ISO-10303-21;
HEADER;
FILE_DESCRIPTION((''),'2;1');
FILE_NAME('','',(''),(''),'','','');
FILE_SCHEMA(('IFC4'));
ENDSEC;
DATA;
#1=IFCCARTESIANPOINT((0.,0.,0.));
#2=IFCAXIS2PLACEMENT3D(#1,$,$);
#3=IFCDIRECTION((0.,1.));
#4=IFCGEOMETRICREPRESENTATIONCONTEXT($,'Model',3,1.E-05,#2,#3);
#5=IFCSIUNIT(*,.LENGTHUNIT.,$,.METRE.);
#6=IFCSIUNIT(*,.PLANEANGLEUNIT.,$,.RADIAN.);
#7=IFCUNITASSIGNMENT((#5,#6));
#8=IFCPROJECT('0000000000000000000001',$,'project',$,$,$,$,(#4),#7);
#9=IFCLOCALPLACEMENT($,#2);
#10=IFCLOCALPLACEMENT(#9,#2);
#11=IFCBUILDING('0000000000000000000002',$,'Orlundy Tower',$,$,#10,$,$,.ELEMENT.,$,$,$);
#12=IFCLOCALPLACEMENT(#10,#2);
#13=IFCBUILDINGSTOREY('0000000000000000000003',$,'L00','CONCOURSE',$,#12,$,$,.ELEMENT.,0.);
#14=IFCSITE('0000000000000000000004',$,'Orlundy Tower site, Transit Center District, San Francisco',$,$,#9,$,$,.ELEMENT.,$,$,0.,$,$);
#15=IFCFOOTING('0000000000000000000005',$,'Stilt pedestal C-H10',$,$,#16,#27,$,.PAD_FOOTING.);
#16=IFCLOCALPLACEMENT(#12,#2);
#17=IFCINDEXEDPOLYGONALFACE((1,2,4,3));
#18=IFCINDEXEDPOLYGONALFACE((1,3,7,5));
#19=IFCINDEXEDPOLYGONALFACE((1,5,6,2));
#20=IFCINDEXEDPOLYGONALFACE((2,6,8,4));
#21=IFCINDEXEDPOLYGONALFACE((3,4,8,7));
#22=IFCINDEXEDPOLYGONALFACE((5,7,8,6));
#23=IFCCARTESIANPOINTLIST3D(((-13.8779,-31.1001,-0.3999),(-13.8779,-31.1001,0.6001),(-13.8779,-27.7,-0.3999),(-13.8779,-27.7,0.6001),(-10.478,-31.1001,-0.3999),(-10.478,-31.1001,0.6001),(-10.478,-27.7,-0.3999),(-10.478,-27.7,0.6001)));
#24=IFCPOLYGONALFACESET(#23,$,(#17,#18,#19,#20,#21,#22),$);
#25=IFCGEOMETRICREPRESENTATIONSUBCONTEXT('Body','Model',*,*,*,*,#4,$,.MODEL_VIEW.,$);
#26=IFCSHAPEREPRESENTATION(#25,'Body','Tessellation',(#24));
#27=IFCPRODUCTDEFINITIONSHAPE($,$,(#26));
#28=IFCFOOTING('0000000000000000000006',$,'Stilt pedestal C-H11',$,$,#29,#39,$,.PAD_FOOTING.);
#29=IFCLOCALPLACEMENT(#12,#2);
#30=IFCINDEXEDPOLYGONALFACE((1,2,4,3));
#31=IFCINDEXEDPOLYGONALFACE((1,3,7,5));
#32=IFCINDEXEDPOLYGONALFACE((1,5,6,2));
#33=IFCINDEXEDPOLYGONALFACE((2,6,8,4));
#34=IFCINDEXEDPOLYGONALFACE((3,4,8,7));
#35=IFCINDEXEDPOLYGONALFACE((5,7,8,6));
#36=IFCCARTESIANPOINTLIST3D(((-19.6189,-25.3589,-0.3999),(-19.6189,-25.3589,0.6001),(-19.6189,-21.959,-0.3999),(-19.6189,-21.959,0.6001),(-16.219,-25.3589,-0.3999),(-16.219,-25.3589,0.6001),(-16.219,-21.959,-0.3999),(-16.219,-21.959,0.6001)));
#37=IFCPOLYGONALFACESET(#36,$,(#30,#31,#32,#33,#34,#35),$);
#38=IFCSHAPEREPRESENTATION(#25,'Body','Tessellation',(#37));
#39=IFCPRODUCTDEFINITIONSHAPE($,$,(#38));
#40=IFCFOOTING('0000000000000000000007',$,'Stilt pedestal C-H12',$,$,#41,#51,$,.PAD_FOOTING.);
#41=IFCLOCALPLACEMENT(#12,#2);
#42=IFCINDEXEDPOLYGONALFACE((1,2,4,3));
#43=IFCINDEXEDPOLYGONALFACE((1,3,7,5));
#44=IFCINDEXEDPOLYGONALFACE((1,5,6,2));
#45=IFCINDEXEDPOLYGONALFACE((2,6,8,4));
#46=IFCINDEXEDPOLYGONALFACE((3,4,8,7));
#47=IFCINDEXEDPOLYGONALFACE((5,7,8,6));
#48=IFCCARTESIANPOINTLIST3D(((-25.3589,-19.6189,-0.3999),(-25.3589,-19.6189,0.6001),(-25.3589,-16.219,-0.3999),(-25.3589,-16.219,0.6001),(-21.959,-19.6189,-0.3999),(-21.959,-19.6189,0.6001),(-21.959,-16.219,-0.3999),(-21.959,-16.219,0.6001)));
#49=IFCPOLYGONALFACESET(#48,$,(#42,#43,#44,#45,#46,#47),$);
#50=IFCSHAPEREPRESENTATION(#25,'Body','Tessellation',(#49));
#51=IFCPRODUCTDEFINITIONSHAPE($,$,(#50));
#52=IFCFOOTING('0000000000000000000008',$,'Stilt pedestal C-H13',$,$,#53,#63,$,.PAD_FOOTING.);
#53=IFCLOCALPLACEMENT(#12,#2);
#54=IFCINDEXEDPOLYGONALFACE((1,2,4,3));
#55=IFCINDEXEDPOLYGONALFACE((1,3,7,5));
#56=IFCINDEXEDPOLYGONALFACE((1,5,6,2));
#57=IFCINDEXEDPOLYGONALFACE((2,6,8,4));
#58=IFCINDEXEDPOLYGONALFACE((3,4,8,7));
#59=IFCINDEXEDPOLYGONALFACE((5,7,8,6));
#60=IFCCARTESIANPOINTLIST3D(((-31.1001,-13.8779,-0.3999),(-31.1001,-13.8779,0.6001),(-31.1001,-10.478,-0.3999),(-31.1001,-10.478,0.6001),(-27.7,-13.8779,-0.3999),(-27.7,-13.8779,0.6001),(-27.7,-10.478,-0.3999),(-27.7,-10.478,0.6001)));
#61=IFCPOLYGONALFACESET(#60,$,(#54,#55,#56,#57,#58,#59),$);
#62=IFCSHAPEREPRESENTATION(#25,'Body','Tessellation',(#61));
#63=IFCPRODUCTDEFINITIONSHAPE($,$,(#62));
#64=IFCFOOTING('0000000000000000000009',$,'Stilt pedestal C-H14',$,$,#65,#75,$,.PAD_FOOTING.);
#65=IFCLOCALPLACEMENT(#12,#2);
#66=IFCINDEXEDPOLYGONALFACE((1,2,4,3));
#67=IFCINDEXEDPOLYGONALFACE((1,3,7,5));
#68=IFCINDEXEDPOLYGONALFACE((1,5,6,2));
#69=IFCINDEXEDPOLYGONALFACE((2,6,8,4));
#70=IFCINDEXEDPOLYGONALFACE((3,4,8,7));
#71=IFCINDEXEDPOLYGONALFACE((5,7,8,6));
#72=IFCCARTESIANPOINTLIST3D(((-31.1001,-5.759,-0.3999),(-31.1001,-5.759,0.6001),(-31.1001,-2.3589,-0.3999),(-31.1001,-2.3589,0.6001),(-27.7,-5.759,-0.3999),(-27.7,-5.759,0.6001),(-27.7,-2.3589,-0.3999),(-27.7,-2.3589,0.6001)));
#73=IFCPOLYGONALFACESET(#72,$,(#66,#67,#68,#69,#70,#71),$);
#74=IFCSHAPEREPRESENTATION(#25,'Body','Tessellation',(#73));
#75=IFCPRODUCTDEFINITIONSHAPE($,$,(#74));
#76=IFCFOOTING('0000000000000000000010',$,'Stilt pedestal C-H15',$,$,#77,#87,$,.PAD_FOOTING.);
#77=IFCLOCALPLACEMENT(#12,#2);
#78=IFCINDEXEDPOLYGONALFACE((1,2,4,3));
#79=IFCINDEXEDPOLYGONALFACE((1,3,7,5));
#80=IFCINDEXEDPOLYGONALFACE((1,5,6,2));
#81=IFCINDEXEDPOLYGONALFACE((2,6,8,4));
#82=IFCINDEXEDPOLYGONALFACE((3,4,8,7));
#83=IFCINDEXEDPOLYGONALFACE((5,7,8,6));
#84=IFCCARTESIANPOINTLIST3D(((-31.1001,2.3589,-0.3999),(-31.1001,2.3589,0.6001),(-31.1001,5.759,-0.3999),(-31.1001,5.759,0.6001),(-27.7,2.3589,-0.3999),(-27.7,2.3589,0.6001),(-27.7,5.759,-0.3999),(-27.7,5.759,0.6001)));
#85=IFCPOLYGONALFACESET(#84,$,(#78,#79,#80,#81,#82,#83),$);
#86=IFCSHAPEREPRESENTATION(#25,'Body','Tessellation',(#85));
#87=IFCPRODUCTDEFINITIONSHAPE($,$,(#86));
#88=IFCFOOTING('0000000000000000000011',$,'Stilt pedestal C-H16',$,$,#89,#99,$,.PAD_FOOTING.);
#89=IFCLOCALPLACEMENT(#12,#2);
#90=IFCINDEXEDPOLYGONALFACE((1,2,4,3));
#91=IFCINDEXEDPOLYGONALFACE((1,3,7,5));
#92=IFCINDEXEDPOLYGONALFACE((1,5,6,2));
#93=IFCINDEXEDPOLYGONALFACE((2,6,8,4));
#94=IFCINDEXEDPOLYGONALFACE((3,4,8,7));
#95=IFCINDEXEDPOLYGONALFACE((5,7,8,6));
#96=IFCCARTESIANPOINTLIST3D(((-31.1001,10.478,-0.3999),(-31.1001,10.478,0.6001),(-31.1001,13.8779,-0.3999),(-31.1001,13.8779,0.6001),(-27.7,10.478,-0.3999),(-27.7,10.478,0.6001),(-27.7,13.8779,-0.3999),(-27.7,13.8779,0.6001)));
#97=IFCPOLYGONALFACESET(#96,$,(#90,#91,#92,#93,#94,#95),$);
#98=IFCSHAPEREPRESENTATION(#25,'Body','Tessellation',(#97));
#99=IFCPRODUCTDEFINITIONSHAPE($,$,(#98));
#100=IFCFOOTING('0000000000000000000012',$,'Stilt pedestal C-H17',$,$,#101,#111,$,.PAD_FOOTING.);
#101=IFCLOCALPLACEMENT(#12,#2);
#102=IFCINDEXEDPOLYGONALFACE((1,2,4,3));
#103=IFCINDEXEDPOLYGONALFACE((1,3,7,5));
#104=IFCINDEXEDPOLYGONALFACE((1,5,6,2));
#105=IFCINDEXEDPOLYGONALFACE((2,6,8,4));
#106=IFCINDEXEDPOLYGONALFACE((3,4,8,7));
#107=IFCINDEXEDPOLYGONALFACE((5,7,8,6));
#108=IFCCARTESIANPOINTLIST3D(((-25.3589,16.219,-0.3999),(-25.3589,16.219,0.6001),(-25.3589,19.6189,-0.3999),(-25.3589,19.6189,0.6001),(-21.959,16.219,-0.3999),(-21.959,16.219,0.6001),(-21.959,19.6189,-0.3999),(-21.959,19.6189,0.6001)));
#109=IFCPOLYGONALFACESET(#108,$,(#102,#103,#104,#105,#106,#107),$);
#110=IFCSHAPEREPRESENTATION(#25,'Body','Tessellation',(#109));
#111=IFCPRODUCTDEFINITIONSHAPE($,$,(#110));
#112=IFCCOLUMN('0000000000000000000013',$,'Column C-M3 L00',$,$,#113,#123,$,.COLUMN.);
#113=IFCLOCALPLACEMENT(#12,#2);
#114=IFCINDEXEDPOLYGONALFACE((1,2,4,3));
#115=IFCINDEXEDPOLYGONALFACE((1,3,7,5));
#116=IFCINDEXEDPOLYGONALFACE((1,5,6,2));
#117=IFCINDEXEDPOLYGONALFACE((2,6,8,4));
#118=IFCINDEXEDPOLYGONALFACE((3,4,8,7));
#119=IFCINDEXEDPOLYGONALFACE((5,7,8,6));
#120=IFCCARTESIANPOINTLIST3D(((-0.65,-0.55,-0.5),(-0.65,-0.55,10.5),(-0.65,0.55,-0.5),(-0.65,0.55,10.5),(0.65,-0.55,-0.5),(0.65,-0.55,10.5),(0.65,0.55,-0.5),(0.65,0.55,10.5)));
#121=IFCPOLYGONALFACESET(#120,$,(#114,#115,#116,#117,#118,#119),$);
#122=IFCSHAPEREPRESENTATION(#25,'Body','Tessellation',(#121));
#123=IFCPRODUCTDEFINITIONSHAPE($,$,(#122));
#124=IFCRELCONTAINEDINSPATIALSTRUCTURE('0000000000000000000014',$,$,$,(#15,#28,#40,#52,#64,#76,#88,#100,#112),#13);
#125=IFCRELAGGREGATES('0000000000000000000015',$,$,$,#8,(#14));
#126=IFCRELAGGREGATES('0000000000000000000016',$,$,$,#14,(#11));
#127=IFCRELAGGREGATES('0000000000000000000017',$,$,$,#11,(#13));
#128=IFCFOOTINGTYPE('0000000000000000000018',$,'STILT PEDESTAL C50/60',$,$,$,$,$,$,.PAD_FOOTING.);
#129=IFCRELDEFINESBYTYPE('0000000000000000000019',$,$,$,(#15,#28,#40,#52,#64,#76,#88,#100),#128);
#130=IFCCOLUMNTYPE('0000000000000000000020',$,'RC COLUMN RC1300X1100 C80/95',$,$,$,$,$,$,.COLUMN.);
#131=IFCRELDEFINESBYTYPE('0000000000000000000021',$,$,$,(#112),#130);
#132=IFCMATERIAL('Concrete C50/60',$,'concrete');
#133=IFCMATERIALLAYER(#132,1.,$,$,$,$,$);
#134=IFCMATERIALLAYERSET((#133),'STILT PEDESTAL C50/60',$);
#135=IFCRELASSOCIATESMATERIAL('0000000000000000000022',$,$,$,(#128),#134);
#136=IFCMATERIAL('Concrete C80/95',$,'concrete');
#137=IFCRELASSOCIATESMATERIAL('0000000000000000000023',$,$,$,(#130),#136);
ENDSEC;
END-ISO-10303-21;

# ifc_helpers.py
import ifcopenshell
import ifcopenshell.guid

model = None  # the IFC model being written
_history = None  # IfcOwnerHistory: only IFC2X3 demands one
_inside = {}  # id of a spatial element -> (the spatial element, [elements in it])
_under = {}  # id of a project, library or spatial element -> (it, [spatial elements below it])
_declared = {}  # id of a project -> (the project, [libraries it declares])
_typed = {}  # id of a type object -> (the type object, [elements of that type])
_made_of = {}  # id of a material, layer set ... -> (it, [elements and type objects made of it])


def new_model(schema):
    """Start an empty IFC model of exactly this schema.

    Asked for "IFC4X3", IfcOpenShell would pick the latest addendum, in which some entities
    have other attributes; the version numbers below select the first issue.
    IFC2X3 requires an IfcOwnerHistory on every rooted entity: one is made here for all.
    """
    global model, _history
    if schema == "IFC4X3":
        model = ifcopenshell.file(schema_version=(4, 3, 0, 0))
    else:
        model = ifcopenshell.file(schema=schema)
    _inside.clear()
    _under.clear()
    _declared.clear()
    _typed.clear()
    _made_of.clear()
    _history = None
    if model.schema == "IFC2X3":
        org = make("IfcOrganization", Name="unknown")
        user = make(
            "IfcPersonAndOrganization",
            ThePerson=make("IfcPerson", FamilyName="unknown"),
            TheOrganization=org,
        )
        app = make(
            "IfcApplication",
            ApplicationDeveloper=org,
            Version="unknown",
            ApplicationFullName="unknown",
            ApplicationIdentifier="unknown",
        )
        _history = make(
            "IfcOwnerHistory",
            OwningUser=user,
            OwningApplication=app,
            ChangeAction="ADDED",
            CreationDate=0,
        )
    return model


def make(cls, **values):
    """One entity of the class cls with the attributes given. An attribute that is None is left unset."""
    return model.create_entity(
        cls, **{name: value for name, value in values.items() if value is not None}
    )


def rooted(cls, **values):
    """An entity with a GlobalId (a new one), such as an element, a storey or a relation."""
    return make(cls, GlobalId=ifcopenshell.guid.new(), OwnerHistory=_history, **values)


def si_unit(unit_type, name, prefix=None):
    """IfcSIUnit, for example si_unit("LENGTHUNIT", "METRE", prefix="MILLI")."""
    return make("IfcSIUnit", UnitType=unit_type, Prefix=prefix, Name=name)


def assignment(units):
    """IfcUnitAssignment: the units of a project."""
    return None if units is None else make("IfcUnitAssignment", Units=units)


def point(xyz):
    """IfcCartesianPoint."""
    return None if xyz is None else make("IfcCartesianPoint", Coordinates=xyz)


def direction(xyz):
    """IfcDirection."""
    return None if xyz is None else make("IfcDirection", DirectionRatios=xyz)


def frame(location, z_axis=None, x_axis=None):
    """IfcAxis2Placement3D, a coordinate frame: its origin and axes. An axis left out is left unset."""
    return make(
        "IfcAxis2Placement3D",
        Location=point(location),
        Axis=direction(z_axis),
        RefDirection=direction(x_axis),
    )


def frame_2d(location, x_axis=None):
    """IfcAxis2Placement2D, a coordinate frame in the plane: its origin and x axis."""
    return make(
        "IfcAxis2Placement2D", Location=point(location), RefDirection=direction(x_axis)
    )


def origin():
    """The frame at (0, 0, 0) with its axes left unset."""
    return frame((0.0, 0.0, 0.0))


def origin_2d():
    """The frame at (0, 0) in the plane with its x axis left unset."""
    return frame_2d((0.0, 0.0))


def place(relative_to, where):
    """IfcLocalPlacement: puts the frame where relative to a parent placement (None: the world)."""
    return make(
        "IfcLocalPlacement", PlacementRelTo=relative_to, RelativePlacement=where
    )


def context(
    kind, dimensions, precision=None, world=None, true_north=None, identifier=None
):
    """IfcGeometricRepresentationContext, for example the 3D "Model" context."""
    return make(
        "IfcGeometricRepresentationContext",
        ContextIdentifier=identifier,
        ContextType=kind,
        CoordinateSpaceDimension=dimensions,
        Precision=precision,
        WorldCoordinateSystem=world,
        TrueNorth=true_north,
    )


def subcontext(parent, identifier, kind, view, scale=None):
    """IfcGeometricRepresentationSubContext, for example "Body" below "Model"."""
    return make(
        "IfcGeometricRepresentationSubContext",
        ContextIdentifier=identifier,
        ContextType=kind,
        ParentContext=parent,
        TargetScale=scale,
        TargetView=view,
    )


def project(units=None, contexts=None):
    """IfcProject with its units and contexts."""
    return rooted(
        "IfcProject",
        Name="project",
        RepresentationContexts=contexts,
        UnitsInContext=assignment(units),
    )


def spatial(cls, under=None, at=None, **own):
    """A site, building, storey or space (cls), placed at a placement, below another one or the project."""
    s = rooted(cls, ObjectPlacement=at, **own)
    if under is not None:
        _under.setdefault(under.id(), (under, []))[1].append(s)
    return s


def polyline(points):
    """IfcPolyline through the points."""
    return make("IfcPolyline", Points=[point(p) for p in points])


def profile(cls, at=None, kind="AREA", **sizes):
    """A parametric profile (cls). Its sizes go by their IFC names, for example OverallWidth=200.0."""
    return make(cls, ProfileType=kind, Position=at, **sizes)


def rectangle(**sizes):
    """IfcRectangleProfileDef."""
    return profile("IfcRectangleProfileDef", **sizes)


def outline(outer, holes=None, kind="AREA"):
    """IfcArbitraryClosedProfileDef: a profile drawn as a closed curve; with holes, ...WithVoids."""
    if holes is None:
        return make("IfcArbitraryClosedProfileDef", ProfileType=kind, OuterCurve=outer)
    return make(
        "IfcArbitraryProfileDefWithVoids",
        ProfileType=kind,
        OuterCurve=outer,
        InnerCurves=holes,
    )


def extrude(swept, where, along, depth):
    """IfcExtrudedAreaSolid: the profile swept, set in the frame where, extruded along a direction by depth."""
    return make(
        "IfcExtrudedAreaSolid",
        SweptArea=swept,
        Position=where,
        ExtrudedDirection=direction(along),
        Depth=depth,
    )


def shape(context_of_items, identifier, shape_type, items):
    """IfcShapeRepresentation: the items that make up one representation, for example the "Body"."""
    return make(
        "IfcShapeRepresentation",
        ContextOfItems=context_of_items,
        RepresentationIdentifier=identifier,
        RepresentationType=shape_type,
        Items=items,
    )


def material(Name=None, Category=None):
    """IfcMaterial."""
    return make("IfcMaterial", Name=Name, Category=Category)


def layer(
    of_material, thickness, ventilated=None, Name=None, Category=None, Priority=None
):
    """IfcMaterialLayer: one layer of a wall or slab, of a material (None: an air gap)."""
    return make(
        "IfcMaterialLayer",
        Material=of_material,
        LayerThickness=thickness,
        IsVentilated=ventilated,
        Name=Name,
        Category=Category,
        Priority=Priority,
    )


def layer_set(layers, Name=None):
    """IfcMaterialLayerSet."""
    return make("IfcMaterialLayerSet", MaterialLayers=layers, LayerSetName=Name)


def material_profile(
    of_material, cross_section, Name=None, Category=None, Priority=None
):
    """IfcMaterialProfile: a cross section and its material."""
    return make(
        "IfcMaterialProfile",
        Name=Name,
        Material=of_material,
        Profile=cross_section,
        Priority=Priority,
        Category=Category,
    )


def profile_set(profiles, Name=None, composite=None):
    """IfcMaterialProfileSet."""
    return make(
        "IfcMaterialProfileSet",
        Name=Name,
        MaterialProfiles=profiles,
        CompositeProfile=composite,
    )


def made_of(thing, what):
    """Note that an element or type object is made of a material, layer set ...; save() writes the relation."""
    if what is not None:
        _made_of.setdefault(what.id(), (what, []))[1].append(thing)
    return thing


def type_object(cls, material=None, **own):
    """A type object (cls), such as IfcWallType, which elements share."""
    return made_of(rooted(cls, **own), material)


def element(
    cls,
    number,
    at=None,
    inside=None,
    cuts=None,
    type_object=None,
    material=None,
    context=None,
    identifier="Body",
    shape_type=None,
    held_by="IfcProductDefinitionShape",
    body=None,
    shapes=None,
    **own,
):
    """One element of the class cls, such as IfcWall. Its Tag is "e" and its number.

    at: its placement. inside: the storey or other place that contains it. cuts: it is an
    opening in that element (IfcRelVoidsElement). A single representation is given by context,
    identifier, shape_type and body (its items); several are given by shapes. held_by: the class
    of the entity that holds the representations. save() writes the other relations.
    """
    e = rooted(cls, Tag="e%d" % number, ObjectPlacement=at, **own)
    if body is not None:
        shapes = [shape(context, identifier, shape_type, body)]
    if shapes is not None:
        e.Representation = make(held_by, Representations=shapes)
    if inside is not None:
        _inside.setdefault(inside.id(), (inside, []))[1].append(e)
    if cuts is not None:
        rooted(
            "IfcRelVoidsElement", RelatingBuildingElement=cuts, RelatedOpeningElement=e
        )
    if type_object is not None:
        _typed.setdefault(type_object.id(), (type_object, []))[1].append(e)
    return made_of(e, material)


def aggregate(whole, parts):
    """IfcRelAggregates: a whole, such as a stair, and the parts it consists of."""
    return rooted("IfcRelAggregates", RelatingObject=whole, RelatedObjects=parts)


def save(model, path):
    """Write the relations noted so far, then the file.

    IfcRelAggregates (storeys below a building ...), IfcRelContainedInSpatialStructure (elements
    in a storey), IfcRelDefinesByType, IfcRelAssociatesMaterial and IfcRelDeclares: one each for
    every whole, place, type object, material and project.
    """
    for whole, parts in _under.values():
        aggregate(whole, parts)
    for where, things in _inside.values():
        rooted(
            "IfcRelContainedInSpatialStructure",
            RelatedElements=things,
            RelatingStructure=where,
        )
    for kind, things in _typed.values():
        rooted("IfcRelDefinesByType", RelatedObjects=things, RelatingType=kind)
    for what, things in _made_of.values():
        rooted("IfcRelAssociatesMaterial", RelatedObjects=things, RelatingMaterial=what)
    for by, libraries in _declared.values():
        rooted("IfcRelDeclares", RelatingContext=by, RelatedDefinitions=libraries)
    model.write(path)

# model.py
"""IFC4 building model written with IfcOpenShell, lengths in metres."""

from ifc_helpers import new_model, si_unit, direction, frame, origin, origin_2d, place, context, subcontext, project, spatial, polyline, rectangle, outline, extrude, material, layer, layer_set, material_profile, profile_set, type_object, element, save


model = new_model("IFC4")

# Units and contexts
model_context = context("Model", 3, precision=1e-05, world=origin(), true_north=direction((0.0, 1.0)))
body_context = subcontext(model_context, "Body", "Model", "MODEL_VIEW")
ifc_project = project(units=[si_unit("LENGTHUNIT", "METRE"), si_unit("PLANEANGLEUNIT", "RADIAN")], contexts=[model_context])

# Site, building, storey
site_placement = place(None, origin())
site = spatial("IfcSite", under=ifc_project, at=site_placement, Name="Orlundy Tower site, Transit Center District, San Francisco", CompositionType="ELEMENT", RefElevation=0.0)
building_placement = place(site_placement, origin())
building = spatial("IfcBuilding", under=site, at=building_placement, Name="Orlundy Tower", CompositionType="ELEMENT")
storey_placement = place(building_placement, origin())
storey = spatial("IfcBuildingStorey", under=building, at=storey_placement, Name="L00", Description="CONCOURSE", CompositionType="ELEMENT", Elevation=0.0)

# Footings
ifc_material_1 = material(Name="Concrete C50/60", Category="concrete")
ifc_layer = layer(ifc_material_1, 1.0)
ifc_layer_set = layer_set([ifc_layer], Name="STILT PEDESTAL C50/60")
footing_type = type_object("IfcFootingType", Name="STILT PEDESTAL C50/60", PredefinedType="PAD_FOOTING", material=ifc_layer_set)
footing_1_placement = place(storey_placement, frame((0.0, 0.0, -0.3999)))
element("IfcFooting", 1, at=footing_1_placement, inside=storey, type_object=footing_type, Name="Stilt pedestal C-H10", PredefinedType="PAD_FOOTING", context=body_context, shape_type="SweptSolid", body=[
    extrude(outline(polyline([(-10.478, -31.1001), (-10.478, -27.7), (-13.8779, -27.7), (-13.8779, -31.1001), (-10.478, -31.1001)])), origin(), (0.0, 0.0, 1.0), 1.0),
])
footing_2_placement = place(storey_placement, frame((0.0, 0.0, -0.3999)))
element("IfcFooting", 2, at=footing_2_placement, inside=storey, type_object=footing_type, Name="Stilt pedestal C-H11", PredefinedType="PAD_FOOTING", context=body_context, shape_type="SweptSolid", body=[
    extrude(outline(polyline([(-16.219, -25.3589), (-16.219, -21.959), (-19.6189, -21.959), (-19.6189, -25.3589), (-16.219, -25.3589)])), origin(), (0.0, 0.0, 1.0), 1.0),
])
footing_3_placement = place(storey_placement, frame((0.0, 0.0, -0.3999)))
element("IfcFooting", 3, at=footing_3_placement, inside=storey, type_object=footing_type, Name="Stilt pedestal C-H12", PredefinedType="PAD_FOOTING", context=body_context, shape_type="SweptSolid", body=[
    extrude(outline(polyline([(-21.959, -19.6189), (-21.959, -16.219), (-25.3589, -16.219), (-25.3589, -19.6189), (-21.959, -19.6189)])), origin(), (0.0, 0.0, 1.0), 1.0),
])
footing_4_placement = place(storey_placement, frame((0.0, 0.0, -0.3999)))
element("IfcFooting", 4, at=footing_4_placement, inside=storey, type_object=footing_type, Name="Stilt pedestal C-H13", PredefinedType="PAD_FOOTING", context=body_context, shape_type="SweptSolid", body=[
    extrude(outline(polyline([(-27.7, -13.8779), (-27.7, -10.478), (-31.1001, -10.478), (-31.1001, -13.8779), (-27.7, -13.8779)])), origin(), (0.0, 0.0, 1.0), 1.0),
])
footing_5_placement = place(storey_placement, frame((0.0, 0.0, -0.3999)))
element("IfcFooting", 5, at=footing_5_placement, inside=storey, type_object=footing_type, Name="Stilt pedestal C-H14", PredefinedType="PAD_FOOTING", context=body_context, shape_type="SweptSolid", body=[
    extrude(outline(polyline([(-27.7, -5.759), (-27.7, -2.3589), (-31.1001, -2.3589), (-31.1001, -5.759), (-27.7, -5.759)])), origin(), (0.0, 0.0, 1.0), 1.0),
])
footing_6_placement = place(storey_placement, frame((0.0, 0.0, -0.3999)))
element("IfcFooting", 6, at=footing_6_placement, inside=storey, type_object=footing_type, Name="Stilt pedestal C-H15", PredefinedType="PAD_FOOTING", context=body_context, shape_type="SweptSolid", body=[
    extrude(outline(polyline([(-27.7, 2.3589), (-27.7, 5.759), (-31.1001, 5.759), (-31.1001, 2.3589), (-27.7, 2.3589)])), origin(), (0.0, 0.0, 1.0), 1.0),
])
footing_7_placement = place(storey_placement, frame((0.0, 0.0, -0.3999)))
element("IfcFooting", 7, at=footing_7_placement, inside=storey, type_object=footing_type, Name="Stilt pedestal C-H16", PredefinedType="PAD_FOOTING", context=body_context, shape_type="SweptSolid", body=[
    extrude(outline(polyline([(-27.7, 10.478), (-27.7, 13.8779), (-31.1001, 13.8779), (-31.1001, 10.478), (-27.7, 10.478)])), origin(), (0.0, 0.0, 1.0), 1.0),
])
footing_8_placement = place(storey_placement, frame((0.0, 0.0, -0.3999)))
element("IfcFooting", 8, at=footing_8_placement, inside=storey, type_object=footing_type, Name="Stilt pedestal C-H17", PredefinedType="PAD_FOOTING", context=body_context, shape_type="SweptSolid", body=[
    extrude(outline(polyline([(-21.959, 16.219), (-21.959, 19.6189), (-25.3589, 19.6189), (-25.3589, 16.219), (-21.959, 16.219)])), origin(), (0.0, 0.0, 1.0), 1.0),
])

# Column
ifc_material_2 = material(Name="Concrete C80/95", Category="concrete")
ifc_material_profile = material_profile(ifc_material_2, rectangle(XDim=1.3, YDim=1.1001, at=origin_2d()), Name="RC1300X1100")
ifc_profile_set = profile_set([ifc_material_profile], Name="Concrete C80/95")
column_type = type_object("IfcColumnType", Name="RC COLUMN RC1300X1100 C80/95", PredefinedType="COLUMN", material=ifc_profile_set)
column_placement = place(storey_placement, frame((0.0, 0.0, -0.5), z_axis=(0.0, 0.0, 1.0), x_axis=(1.0, 0.0, 0.0)))
element("IfcColumn", 9, at=column_placement, inside=storey, type_object=column_type, Name="Column C-M3 L00", PredefinedType="COLUMN", context=body_context, shape_type="SweptSolid", body=[
    extrude(rectangle(XDim=1.3, YDim=1.1001, at=origin_2d()), origin(), (0.0, 0.0, 1.0), 11.0),
])

save(model, "model.ifc")
